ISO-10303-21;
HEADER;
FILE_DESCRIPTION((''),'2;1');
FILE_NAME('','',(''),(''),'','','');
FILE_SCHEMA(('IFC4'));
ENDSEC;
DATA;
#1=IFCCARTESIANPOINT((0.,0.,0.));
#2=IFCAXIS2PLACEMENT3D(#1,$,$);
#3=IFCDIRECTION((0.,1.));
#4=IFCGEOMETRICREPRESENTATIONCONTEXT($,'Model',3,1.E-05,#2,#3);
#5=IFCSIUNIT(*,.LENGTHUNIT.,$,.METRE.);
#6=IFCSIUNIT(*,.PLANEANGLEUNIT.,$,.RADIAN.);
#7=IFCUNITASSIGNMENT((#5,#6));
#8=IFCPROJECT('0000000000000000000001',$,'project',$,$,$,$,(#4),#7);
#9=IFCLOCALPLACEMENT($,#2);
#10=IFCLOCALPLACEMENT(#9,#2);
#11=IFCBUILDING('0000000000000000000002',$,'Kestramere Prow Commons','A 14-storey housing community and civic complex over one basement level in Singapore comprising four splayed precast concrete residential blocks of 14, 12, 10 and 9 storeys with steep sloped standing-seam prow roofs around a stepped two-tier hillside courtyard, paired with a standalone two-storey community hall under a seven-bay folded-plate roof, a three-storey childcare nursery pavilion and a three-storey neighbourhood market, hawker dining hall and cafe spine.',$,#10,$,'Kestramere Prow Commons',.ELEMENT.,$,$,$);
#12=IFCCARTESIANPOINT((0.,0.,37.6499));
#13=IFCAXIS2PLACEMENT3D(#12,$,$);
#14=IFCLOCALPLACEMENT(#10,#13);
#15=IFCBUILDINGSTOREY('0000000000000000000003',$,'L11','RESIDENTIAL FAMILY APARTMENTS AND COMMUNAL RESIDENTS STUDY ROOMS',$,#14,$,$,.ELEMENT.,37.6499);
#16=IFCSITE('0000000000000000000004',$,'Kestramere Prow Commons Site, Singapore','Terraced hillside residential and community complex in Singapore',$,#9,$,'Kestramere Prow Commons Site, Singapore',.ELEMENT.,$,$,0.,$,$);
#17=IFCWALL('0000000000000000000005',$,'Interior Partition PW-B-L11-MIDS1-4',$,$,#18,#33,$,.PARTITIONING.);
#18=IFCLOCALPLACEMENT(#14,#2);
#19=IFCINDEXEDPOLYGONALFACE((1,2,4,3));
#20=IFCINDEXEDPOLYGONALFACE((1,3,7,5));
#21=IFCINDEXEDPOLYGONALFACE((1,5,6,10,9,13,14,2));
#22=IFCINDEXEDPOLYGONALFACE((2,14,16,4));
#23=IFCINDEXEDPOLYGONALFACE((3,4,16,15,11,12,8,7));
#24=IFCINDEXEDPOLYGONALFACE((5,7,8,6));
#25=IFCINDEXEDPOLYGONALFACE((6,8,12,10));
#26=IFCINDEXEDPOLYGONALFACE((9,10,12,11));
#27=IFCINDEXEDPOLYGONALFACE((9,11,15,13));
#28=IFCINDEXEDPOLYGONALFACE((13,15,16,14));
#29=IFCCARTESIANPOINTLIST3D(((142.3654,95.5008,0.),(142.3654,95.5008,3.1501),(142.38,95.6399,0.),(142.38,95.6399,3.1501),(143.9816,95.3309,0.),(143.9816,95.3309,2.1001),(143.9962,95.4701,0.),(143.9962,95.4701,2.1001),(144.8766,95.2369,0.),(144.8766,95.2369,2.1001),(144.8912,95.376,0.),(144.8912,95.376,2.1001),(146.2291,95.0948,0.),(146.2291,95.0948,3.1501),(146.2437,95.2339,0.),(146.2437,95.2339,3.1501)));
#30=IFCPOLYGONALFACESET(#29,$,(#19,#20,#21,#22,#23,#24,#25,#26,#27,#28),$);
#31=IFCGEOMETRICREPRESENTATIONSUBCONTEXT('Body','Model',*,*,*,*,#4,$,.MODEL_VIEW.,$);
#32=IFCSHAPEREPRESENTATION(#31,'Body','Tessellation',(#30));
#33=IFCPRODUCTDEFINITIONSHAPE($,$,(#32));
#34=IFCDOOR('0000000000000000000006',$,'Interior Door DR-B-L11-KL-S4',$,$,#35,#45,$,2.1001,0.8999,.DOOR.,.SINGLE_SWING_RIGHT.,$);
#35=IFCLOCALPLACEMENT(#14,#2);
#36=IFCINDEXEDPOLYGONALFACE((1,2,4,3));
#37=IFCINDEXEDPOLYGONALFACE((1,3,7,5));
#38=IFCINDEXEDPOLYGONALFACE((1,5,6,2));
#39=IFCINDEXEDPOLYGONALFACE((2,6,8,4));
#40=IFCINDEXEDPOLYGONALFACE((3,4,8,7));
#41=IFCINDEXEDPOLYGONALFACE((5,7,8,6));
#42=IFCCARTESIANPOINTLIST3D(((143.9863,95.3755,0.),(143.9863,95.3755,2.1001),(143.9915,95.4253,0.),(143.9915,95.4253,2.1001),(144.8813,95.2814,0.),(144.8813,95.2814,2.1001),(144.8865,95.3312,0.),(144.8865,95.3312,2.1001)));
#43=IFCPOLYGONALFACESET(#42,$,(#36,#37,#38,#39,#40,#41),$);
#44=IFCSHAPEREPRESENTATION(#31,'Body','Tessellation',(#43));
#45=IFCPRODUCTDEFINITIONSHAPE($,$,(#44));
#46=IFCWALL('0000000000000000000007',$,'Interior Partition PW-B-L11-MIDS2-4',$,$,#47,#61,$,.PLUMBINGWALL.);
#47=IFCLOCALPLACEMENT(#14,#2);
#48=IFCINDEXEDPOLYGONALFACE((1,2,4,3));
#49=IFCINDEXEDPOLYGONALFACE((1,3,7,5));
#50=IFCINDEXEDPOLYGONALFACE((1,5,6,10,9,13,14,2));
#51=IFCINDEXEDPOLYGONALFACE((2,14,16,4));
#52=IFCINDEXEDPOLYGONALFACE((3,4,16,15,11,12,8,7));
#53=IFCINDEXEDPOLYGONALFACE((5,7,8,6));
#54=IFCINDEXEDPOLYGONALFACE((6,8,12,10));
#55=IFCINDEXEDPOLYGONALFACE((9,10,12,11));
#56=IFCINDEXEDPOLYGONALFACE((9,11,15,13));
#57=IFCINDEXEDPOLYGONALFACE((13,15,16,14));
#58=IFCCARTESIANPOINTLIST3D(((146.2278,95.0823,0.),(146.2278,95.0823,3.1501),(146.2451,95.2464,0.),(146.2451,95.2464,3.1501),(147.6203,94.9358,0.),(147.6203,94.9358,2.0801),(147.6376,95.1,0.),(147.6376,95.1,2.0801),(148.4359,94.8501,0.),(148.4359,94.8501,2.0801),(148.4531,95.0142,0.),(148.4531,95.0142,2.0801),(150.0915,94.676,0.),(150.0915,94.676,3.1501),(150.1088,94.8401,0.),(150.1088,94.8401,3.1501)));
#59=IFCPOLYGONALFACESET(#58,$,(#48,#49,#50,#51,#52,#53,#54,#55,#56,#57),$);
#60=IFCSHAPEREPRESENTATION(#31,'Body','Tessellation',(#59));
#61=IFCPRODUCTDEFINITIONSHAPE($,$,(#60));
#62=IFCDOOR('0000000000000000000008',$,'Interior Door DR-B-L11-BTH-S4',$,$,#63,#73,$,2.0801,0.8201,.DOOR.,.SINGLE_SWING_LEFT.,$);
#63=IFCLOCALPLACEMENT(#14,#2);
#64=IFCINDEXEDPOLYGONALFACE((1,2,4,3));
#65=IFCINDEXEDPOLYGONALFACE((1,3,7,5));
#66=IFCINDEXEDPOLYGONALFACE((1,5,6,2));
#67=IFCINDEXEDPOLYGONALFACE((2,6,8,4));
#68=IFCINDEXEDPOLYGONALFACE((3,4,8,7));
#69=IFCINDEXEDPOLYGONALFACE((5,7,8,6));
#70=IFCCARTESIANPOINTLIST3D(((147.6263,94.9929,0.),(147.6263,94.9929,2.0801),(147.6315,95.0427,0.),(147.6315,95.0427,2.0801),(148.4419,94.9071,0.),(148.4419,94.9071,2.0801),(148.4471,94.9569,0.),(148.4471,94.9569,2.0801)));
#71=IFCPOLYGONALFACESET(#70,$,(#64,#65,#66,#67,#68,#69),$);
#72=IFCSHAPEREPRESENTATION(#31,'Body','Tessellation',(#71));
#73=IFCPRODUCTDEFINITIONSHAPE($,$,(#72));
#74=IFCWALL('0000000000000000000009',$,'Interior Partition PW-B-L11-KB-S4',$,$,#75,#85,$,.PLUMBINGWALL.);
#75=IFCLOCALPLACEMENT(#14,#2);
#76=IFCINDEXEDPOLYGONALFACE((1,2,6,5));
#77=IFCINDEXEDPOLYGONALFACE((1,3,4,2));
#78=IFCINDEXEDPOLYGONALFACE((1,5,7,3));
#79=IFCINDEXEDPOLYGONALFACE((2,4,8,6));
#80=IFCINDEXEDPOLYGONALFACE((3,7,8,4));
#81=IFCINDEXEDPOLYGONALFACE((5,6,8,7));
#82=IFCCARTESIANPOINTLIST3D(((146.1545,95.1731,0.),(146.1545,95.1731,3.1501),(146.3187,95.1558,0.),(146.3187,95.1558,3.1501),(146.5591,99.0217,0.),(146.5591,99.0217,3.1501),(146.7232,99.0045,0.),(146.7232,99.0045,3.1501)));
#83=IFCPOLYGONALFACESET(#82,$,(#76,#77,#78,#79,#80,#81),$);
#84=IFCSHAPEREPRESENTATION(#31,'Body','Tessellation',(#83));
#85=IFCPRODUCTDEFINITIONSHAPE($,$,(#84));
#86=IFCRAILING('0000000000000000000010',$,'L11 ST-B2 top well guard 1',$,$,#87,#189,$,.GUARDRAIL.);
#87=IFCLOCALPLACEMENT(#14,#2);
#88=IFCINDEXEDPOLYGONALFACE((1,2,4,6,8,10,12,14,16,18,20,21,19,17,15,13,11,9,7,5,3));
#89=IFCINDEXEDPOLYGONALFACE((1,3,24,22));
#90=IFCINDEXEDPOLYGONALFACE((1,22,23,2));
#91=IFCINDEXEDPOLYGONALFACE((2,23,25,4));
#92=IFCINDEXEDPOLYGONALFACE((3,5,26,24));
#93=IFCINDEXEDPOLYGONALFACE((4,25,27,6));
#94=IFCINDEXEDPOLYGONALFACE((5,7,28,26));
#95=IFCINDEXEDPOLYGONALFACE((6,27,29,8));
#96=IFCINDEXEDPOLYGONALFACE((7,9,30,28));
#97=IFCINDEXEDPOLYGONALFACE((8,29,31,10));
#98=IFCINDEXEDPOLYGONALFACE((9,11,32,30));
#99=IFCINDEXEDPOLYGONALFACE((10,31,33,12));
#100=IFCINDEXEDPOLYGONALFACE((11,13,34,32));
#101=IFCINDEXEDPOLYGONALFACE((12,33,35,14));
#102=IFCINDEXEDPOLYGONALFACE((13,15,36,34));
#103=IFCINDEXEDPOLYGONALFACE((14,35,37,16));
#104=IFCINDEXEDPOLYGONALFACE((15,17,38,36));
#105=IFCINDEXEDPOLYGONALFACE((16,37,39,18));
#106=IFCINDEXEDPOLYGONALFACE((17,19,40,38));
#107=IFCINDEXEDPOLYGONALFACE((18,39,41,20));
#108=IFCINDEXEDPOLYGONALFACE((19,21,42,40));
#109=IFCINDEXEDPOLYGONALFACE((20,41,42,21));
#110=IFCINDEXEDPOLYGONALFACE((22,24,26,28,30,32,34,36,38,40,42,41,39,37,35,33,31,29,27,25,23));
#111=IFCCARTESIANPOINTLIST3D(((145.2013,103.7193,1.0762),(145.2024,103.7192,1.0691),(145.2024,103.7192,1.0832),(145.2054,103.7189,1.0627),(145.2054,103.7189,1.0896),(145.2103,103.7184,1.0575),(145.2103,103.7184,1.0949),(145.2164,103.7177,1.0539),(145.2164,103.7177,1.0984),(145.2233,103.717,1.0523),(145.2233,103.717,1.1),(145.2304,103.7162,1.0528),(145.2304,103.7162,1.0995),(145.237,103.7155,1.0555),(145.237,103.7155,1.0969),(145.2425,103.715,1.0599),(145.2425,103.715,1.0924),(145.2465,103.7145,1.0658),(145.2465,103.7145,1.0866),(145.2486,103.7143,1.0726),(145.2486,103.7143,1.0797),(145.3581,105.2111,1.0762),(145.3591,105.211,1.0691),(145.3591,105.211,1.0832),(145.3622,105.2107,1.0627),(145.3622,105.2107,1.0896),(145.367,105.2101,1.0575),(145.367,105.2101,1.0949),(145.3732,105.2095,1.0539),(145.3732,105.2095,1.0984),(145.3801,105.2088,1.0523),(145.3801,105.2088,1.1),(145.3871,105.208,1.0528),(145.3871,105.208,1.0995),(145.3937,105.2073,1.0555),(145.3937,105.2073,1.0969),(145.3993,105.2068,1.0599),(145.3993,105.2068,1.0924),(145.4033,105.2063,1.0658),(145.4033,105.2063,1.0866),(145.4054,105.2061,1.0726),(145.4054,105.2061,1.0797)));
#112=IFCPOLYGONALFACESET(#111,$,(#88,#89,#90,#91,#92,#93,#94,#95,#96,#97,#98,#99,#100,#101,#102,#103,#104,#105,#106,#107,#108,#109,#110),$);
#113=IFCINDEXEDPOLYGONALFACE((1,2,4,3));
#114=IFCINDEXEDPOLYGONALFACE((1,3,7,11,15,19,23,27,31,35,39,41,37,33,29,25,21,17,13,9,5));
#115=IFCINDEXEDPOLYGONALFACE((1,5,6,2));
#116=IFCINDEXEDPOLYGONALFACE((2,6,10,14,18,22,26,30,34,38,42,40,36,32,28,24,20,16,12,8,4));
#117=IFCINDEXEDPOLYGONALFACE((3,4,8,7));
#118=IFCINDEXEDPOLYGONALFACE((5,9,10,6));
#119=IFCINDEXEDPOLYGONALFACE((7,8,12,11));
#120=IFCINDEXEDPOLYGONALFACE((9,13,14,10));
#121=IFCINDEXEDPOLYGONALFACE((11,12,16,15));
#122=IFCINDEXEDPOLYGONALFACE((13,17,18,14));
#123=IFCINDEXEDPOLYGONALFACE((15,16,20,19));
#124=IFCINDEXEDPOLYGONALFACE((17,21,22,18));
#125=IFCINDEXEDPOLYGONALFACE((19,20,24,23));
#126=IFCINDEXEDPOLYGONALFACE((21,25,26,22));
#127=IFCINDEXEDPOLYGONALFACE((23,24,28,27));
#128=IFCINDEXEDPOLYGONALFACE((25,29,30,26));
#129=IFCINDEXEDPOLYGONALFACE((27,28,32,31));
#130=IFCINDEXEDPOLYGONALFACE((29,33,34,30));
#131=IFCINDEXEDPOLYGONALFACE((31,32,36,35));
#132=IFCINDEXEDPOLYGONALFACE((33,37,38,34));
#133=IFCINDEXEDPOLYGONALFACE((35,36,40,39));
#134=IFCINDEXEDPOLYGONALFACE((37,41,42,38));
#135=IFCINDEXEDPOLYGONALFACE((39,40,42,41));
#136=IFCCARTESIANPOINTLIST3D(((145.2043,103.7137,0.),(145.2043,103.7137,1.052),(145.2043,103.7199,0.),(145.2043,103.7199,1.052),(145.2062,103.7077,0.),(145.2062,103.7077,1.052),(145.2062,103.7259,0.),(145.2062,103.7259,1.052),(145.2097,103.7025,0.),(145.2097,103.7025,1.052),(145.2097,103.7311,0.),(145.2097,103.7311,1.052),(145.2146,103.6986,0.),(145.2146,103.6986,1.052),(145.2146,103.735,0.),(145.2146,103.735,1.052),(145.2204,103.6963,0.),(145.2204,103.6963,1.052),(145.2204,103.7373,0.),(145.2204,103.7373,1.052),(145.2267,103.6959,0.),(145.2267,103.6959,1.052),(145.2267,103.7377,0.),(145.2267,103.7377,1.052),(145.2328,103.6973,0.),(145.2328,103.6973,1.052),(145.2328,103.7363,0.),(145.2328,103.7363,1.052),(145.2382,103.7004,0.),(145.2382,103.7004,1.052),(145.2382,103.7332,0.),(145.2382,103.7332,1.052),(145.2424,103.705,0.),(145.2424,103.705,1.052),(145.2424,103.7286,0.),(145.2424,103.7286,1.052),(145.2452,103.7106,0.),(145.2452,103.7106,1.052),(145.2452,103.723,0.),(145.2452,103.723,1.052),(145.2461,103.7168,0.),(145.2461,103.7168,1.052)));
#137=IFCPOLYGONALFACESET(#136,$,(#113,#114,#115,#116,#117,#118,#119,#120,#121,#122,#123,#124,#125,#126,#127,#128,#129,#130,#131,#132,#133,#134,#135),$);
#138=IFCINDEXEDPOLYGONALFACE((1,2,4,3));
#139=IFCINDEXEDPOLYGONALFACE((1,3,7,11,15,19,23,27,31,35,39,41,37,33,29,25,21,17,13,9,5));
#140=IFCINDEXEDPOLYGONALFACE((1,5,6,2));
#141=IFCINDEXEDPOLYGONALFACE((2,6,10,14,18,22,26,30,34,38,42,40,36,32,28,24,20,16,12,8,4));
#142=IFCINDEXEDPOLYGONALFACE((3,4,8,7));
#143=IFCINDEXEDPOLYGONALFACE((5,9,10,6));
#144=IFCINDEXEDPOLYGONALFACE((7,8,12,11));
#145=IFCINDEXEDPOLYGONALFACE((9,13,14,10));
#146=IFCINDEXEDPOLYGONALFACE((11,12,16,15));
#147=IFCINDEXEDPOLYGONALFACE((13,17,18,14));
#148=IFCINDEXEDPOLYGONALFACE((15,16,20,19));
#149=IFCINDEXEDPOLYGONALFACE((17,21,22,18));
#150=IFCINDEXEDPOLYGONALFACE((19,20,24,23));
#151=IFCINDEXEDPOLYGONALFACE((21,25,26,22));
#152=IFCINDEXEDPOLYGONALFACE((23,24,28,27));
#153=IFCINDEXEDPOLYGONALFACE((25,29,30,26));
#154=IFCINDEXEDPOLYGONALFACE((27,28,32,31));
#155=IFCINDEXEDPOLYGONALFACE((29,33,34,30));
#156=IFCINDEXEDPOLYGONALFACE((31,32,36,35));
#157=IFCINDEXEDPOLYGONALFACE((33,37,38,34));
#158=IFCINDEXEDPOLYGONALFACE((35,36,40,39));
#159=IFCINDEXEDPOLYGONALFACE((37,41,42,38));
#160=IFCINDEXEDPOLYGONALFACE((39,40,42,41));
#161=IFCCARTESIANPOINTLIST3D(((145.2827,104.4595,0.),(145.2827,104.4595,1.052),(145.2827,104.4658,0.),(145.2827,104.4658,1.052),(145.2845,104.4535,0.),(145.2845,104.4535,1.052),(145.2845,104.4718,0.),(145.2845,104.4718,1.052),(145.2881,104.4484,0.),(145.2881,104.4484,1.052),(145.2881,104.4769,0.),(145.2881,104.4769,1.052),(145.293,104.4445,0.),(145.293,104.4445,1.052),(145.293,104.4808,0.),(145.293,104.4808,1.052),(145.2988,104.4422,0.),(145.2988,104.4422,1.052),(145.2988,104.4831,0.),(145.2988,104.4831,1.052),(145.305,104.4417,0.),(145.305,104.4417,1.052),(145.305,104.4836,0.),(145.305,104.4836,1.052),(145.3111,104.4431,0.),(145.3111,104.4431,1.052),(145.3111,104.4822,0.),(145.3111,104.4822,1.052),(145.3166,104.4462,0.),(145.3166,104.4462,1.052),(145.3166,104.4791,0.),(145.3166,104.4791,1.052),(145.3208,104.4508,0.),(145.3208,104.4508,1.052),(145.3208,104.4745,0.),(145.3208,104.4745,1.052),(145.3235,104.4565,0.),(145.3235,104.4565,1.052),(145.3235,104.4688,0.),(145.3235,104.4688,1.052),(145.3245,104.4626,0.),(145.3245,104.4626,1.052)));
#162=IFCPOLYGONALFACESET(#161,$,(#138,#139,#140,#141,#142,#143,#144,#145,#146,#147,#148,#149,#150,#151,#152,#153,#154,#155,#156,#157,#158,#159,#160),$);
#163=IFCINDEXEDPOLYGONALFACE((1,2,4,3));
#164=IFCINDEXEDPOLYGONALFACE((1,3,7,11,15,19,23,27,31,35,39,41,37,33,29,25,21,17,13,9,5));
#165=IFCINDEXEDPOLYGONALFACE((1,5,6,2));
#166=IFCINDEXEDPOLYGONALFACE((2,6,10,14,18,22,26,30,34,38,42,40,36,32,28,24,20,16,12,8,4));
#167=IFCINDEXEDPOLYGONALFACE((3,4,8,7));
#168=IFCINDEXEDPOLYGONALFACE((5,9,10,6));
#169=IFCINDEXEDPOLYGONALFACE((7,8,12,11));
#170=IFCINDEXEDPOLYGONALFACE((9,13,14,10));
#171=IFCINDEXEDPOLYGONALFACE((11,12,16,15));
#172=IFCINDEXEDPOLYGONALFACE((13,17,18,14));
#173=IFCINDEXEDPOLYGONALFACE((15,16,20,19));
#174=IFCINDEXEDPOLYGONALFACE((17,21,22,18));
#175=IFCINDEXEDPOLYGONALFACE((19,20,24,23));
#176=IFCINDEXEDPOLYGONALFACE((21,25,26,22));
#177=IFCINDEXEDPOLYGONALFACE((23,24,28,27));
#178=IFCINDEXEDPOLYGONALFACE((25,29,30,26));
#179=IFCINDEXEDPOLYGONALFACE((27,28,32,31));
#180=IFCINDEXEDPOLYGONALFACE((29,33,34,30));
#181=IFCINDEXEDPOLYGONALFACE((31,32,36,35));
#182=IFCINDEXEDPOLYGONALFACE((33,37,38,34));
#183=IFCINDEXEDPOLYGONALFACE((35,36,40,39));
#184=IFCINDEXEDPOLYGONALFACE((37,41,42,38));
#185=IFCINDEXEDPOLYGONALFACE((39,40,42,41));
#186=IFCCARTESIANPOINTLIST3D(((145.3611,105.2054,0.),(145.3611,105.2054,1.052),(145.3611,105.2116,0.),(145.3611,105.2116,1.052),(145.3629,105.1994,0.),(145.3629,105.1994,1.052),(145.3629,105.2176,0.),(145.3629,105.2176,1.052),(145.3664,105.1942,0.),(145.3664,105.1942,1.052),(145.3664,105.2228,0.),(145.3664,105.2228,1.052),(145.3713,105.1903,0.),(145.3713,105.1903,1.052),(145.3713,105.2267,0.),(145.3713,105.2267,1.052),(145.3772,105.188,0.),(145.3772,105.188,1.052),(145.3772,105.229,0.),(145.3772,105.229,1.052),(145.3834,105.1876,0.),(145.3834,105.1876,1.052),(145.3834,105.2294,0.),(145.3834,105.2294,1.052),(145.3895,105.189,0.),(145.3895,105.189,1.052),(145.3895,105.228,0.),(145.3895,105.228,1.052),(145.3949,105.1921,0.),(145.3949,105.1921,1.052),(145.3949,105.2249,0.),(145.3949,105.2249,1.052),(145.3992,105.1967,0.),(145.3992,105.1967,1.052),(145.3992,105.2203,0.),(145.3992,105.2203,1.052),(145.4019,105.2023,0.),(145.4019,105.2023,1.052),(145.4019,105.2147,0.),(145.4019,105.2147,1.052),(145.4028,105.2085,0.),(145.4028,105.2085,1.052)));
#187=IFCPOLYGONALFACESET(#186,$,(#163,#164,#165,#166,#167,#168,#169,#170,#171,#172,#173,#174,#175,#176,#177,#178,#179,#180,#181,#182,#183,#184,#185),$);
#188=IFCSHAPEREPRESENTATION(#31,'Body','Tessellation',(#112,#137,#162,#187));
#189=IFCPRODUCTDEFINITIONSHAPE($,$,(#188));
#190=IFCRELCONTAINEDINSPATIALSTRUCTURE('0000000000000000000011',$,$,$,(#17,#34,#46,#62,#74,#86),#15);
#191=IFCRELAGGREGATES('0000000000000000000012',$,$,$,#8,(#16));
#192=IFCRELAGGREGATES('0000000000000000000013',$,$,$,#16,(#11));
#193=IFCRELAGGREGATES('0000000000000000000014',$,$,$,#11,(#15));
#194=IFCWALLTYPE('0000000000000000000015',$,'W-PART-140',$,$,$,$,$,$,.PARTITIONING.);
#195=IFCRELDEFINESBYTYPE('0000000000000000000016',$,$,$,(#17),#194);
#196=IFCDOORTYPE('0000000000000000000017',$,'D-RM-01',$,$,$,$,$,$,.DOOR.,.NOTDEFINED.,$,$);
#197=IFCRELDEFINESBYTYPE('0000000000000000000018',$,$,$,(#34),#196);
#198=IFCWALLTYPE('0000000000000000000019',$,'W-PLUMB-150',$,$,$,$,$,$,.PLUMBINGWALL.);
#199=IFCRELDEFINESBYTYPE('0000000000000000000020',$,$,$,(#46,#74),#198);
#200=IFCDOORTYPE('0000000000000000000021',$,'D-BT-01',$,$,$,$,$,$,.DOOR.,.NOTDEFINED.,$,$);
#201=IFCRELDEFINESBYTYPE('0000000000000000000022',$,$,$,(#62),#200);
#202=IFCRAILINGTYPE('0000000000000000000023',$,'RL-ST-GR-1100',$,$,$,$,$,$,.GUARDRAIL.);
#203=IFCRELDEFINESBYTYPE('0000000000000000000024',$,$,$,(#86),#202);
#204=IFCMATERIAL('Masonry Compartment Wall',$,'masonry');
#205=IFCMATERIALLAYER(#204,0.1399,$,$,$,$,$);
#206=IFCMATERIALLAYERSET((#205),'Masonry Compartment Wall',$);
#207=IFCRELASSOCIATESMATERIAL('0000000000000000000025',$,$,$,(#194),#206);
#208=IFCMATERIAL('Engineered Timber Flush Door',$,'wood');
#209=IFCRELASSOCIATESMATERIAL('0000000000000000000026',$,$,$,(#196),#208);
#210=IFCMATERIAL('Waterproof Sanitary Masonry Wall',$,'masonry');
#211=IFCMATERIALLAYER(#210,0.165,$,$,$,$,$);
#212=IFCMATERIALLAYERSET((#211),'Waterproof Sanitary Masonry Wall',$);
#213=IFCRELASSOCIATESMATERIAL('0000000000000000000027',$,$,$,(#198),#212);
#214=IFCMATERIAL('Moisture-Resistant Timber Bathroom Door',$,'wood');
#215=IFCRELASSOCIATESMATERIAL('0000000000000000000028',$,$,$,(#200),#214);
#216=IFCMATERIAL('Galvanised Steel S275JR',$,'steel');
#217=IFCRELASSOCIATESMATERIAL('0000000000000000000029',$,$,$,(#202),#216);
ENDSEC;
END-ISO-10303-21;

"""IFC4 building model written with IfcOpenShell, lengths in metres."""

from ifc_helpers import new_model, si_unit, direction, frame, frame_2d, origin, origin_2d, place, context, subcontext, project, spatial, rectangle, circle, extrude, material, layer, layer_set, type_object, element, fill, save


model = new_model("IFC4")

# Units and contexts
model_context = context("Model", 3, precision=1e-05, world=origin(), true_north=direction((0.0, 1.0)))
body_context = subcontext(model_context, "Body", "Model", "MODEL_VIEW")
ifc_project = project(units=[si_unit("LENGTHUNIT", "METRE"), si_unit("PLANEANGLEUNIT", "RADIAN")], contexts=[model_context])

# Site, building, storey
site_placement = place(None, origin())
site = spatial("IfcSite", under=ifc_project, at=site_placement, Name="Kestramere Prow Commons Site, Singapore", Description="Terraced hillside residential and community complex in Singapore", LongName="Kestramere Prow Commons Site, Singapore", CompositionType="ELEMENT", RefElevation=0.0)
building_placement = place(site_placement, origin())
building = spatial("IfcBuilding", under=site, at=building_placement, Name="Kestramere Prow Commons", Description="A 14-storey housing community and civic complex over one basement level in Singapore comprising four splayed precast concrete residential blocks of 14, 12, 10 and 9 storeys with steep sloped standing-seam prow roofs around a stepped two-tier hillside courtyard, paired with a standalone two-storey community hall under a seven-bay folded-plate roof, a three-storey childcare nursery pavilion and a three-storey neighbourhood market, hawker dining hall and cafe spine.", LongName="Kestramere Prow Commons", CompositionType="ELEMENT")
storey_placement = place(building_placement, frame((0.0, 0.0, 37.6499)))
storey = spatial("IfcBuildingStorey", under=building, at=storey_placement, Name="L11", Description="RESIDENTIAL FAMILY APARTMENTS AND COMMUNAL RESIDENTS STUDY ROOMS", CompositionType="ELEMENT", Elevation=37.6499)

# Walls, openings, doors
ifc_material_1 = material(Name="Masonry Compartment Wall", Category="masonry")
ifc_layer_1 = layer(ifc_material_1, 0.1399)
ifc_layer_set_1 = layer_set([ifc_layer_1], Name="Masonry Compartment Wall")
wall_type_1 = type_object("IfcWallType", Name="W-PART-140", PredefinedType="PARTITIONING", material=ifc_layer_set_1)
wall_1_placement = place(storey_placement, frame((142.3728, 95.5703, 0.0), z_axis=(0.0, 0.0, 1.0), x_axis=(0.994524, -0.104505, 0.0)))
wall_1 = element("IfcWall", 1, at=wall_1_placement, inside=storey, type_object=wall_type_1, Name="Interior Partition PW-B-L11-MIDS1-4", PredefinedType="PARTITIONING", context=body_context, shape_type="SweptSolid", body=[
    extrude(rectangle(XDim=3.885, YDim=0.1399, at=frame_2d((1.9424, 0.0))), origin(), (0.0, 0.0, 1.0), 3.1501),
])
opening_1_placement = place(wall_1_placement, frame((1.625, 0.0, 0.0)))
opening_1 = element("IfcOpeningElement", 2, at=opening_1_placement, cuts=wall_1, PredefinedType="OPENING", context=body_context, shape_type="SweptSolid", body=[
    extrude(rectangle(XDim=0.8999, YDim=2.1001, at=frame_2d((0.45, 1.05))), frame((0.0, 0.085, 0.0), z_axis=(0.0, -1.0, 0.0), x_axis=(1.0, 0.0, 0.0)), (0.0, 0.0, 1.0), 0.1699),
])
ifc_material_2 = material(Name="Engineered Timber Flush Door", Category="wood")
door_type_1 = type_object("IfcDoorType", Name="D-RM-01", OperationType="NOTDEFINED", PredefinedType="DOOR", material=ifc_material_2)
door_1_placement = place(opening_1_placement, origin())
door_1 = element("IfcDoor", 3, at=door_1_placement, inside=storey, type_object=door_type_1, Name="Interior Door DR-B-L11-KL-S4", OperationType="SINGLE_SWING_RIGHT", OverallHeight=2.1001, OverallWidth=0.8999, PredefinedType="DOOR", context=body_context, shape_type="SweptSolid", body=[
    extrude(rectangle(XDim=0.8999, YDim=2.1001, at=frame_2d((0.45, 1.05))), frame((0.0, 0.0249, 0.0), z_axis=(0.0, -1.0, 0.0), x_axis=(1.0, 0.0, 0.0)), (0.0, 0.0, 1.0), 0.05),
])
fill(opening_1, door_1)
ifc_material_3 = material(Name="Waterproof Sanitary Masonry Wall", Category="masonry")
ifc_layer_2 = layer(ifc_material_3, 0.165)
ifc_layer_set_2 = layer_set([ifc_layer_2], Name="Waterproof Sanitary Masonry Wall")
wall_type_2 = type_object("IfcWallType", Name="W-PLUMB-150", PredefinedType="PLUMBINGWALL", material=ifc_layer_set_2)
wall_2_placement = place(storey_placement, frame((146.2366, 95.1643, 0.0), z_axis=(0.0, 0.0, 1.0), x_axis=(0.994518, -0.104567, 0.0)))
wall_2 = element("IfcWall", 4, at=wall_2_placement, inside=storey, type_object=wall_type_2, Name="Interior Partition PW-B-L11-MIDS2-4", PredefinedType="PLUMBINGWALL", context=body_context, shape_type="SweptSolid", body=[
    extrude(rectangle(XDim=3.885, YDim=0.165, at=frame_2d((1.9424, 0.0))), origin(), (0.0, 0.0, 1.0), 3.1501),
])
opening_2_placement = place(wall_2_placement, frame((1.3999, 0.0, 0.0)))
opening_2 = element("IfcOpeningElement", 5, at=opening_2_placement, cuts=wall_2, PredefinedType="OPENING", context=body_context, shape_type="SweptSolid", body=[
    extrude(rectangle(XDim=0.8201, YDim=2.0801, at=frame_2d((0.4102, 1.04))), frame((0.0, 0.0974, 0.0), z_axis=(0.0, -1.0, 0.0), x_axis=(1.0, 0.0, 0.0)), (0.0, 0.0, 1.0), 0.1951),
])
ifc_material_4 = material(Name="Moisture-Resistant Timber Bathroom Door", Category="wood")
door_type_2 = type_object("IfcDoorType", Name="D-BT-01", OperationType="NOTDEFINED", PredefinedType="DOOR", material=ifc_material_4)
door_2_placement = place(opening_2_placement, origin())
door_2 = element("IfcDoor", 6, at=door_2_placement, inside=storey, type_object=door_type_2, Name="Interior Door DR-B-L11-BTH-S4", OperationType="SINGLE_SWING_LEFT", OverallHeight=2.0801, OverallWidth=0.8201, PredefinedType="DOOR", context=body_context, shape_type="SweptSolid", body=[
    extrude(rectangle(XDim=0.8201, YDim=2.0801, at=frame_2d((0.4102, 1.04))), frame((0.0, 0.0249, 0.0), z_axis=(0.0, -1.0, 0.0), x_axis=(1.0, 0.0, 0.0)), (0.0, 0.0, 1.0), 0.05),
])
fill(opening_2, door_2)

# Wall
wall_3_placement = place(storey_placement, frame((146.2366, 95.1643, 0.0), z_axis=(0.0, 0.0, 1.0), x_axis=(0.104537, 0.994521, 0.0)))
element("IfcWall", 7, at=wall_3_placement, inside=storey, type_object=wall_type_2, Name="Interior Partition PW-B-L11-KB-S4", PredefinedType="PLUMBINGWALL", context=body_context, shape_type="SweptSolid", body=[
    extrude(rectangle(XDim=3.8699, YDim=0.165, at=frame_2d((1.9351, 0.0))), origin(), (0.0, 0.0, 1.0), 3.1501),
])

# Railing
ifc_material_5 = material(Name="Galvanised Steel S275JR", Category="steel")
railing_type = type_object("IfcRailingType", Name="RL-ST-GR-1100", PredefinedType="GUARDRAIL", material=ifc_material_5)
railing_placement = place(storey_placement, frame((145.2251, 103.7168, 0.0)))
element("IfcRailing", 8, at=railing_placement, inside=storey, type_object=railing_type, Name="L11 ST-B2 top well guard 1", PredefinedType="GUARDRAIL", context=body_context, shape_type="SweptSolid", body=[
    extrude(circle(Radius=0.0239, at=origin_2d()), frame((0.0, 0.0, 1.0762), z_axis=(0.104498, 0.994525, 0.0), x_axis=(-0.994525, 0.104498, 0.0)), (0.0, 0.0, 1.0), 1.5),
    extrude(circle(Radius=0.021, at=origin_2d()), origin(), (0.0, 0.0, 1.0), 1.052),
    extrude(circle(Radius=0.021, at=origin_2d()), frame((0.0784, 0.7458, 0.0)), (0.0, 0.0, 1.0), 1.052),
    extrude(circle(Radius=0.021, at=origin_2d()), frame((0.1567, 1.4917, 0.0)), (0.0, 0.0, 1.0), 1.052),
])

save(model, "model.ifc")
